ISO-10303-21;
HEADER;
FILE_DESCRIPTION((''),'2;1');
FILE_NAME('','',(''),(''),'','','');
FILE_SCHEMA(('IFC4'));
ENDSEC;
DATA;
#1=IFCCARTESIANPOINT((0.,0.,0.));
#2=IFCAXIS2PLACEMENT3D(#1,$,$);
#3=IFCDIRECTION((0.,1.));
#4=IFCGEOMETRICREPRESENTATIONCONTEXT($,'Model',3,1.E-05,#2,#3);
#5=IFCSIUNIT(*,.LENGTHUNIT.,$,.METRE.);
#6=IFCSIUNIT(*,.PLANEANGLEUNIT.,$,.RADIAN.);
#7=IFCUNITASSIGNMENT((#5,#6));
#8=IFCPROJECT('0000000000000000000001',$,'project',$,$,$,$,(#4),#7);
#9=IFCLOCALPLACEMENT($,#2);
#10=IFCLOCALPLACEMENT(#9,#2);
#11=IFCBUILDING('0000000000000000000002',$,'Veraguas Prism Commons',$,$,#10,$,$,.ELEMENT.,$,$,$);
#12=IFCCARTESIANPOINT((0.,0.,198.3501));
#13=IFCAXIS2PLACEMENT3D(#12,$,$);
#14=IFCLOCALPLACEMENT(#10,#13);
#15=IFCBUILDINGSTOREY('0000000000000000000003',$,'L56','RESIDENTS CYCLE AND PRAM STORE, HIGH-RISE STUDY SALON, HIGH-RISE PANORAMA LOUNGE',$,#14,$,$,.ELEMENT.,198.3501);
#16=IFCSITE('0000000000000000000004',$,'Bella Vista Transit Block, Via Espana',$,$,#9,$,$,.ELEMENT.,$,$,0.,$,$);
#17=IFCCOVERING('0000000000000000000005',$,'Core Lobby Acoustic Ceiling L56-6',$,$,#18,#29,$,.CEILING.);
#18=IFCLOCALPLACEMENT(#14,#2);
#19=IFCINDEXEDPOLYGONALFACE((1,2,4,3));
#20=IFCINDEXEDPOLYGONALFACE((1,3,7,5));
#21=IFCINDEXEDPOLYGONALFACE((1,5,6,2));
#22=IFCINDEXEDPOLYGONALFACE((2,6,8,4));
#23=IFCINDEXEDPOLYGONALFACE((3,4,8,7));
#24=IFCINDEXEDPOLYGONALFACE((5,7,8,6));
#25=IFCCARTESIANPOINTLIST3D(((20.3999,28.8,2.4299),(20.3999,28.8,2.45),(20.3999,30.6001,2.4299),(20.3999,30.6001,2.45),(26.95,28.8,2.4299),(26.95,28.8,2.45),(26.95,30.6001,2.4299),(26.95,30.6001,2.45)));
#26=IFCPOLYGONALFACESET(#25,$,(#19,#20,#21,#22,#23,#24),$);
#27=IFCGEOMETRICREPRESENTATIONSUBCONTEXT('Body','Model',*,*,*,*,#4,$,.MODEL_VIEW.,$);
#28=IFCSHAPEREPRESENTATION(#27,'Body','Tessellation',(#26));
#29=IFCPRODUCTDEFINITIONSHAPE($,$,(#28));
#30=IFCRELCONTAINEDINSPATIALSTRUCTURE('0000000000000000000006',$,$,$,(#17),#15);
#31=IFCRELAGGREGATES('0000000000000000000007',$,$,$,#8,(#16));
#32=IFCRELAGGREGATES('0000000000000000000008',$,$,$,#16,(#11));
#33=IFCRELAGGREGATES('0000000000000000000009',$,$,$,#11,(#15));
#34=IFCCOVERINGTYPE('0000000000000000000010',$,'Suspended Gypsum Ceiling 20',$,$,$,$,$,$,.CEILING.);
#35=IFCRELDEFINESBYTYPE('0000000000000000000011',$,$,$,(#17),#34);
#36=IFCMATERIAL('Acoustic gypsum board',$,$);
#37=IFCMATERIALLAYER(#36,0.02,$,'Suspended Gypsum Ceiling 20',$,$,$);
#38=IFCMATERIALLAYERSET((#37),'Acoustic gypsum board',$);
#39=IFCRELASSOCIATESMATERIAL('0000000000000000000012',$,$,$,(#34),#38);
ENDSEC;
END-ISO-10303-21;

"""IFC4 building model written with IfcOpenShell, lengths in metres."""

from ifc_helpers import new_model, si_unit, direction, frame, origin, place, context, subcontext, project, spatial, polyline, outline, extrude, material, layer, layer_set, type_object, element, save


model = new_model("IFC4")

# Units and contexts
model_context = context("Model", 3, precision=1e-05, world=origin(), true_north=direction((0.0, 1.0)))
body_context = subcontext(model_context, "Body", "Model", "MODEL_VIEW")
ifc_project = project(units=[si_unit("LENGTHUNIT", "METRE"), si_unit("PLANEANGLEUNIT", "RADIAN")], contexts=[model_context])

# Site, building, storey
site_placement = place(None, origin())
site = spatial("IfcSite", under=ifc_project, at=site_placement, Name="Bella Vista Transit Block, Via Espana", CompositionType="ELEMENT", RefElevation=0.0)
building_placement = place(site_placement, origin())
building = spatial("IfcBuilding", under=site, at=building_placement, Name="Veraguas Prism Commons", CompositionType="ELEMENT")
storey_placement = place(building_placement, frame((0.0, 0.0, 198.3501)))
storey = spatial("IfcBuildingStorey", under=building, at=storey_placement, Name="L56", Description="RESIDENTS CYCLE AND PRAM STORE, HIGH-RISE STUDY SALON, HIGH-RISE PANORAMA LOUNGE", CompositionType="ELEMENT", Elevation=198.3501)

# Covering
ifc_material_1 = material(Name="Acoustic gypsum board")
ifc_layer_1 = layer(ifc_material_1, 0.02, Name="Suspended Gypsum Ceiling 20")
ifc_layer_set_1 = layer_set([ifc_layer_1], Name="Acoustic gypsum board")
covering_type_1 = type_object("IfcCoveringType", Name="Suspended Gypsum Ceiling 20", PredefinedType="CEILING", material=ifc_layer_set_1)
covering_1_placement = place(storey_placement, frame((0.0, 0.0, 2.4299)))
element("IfcCovering", 1, at=covering_1_placement, inside=storey, type_object=covering_type_1, Name="Core Lobby Acoustic Ceiling L56-6", PredefinedType="CEILING", context=body_context, shape_type="SweptSolid", body=[
    extrude(outline(polyline([(20.3999, 28.8), (26.95, 28.8), (26.95, 30.6001), (20.3999, 30.6001), (20.3999, 28.8)])), origin(), (0.0, 0.0, 1.0), 0.02),
])

save(model, "model.ifc")
